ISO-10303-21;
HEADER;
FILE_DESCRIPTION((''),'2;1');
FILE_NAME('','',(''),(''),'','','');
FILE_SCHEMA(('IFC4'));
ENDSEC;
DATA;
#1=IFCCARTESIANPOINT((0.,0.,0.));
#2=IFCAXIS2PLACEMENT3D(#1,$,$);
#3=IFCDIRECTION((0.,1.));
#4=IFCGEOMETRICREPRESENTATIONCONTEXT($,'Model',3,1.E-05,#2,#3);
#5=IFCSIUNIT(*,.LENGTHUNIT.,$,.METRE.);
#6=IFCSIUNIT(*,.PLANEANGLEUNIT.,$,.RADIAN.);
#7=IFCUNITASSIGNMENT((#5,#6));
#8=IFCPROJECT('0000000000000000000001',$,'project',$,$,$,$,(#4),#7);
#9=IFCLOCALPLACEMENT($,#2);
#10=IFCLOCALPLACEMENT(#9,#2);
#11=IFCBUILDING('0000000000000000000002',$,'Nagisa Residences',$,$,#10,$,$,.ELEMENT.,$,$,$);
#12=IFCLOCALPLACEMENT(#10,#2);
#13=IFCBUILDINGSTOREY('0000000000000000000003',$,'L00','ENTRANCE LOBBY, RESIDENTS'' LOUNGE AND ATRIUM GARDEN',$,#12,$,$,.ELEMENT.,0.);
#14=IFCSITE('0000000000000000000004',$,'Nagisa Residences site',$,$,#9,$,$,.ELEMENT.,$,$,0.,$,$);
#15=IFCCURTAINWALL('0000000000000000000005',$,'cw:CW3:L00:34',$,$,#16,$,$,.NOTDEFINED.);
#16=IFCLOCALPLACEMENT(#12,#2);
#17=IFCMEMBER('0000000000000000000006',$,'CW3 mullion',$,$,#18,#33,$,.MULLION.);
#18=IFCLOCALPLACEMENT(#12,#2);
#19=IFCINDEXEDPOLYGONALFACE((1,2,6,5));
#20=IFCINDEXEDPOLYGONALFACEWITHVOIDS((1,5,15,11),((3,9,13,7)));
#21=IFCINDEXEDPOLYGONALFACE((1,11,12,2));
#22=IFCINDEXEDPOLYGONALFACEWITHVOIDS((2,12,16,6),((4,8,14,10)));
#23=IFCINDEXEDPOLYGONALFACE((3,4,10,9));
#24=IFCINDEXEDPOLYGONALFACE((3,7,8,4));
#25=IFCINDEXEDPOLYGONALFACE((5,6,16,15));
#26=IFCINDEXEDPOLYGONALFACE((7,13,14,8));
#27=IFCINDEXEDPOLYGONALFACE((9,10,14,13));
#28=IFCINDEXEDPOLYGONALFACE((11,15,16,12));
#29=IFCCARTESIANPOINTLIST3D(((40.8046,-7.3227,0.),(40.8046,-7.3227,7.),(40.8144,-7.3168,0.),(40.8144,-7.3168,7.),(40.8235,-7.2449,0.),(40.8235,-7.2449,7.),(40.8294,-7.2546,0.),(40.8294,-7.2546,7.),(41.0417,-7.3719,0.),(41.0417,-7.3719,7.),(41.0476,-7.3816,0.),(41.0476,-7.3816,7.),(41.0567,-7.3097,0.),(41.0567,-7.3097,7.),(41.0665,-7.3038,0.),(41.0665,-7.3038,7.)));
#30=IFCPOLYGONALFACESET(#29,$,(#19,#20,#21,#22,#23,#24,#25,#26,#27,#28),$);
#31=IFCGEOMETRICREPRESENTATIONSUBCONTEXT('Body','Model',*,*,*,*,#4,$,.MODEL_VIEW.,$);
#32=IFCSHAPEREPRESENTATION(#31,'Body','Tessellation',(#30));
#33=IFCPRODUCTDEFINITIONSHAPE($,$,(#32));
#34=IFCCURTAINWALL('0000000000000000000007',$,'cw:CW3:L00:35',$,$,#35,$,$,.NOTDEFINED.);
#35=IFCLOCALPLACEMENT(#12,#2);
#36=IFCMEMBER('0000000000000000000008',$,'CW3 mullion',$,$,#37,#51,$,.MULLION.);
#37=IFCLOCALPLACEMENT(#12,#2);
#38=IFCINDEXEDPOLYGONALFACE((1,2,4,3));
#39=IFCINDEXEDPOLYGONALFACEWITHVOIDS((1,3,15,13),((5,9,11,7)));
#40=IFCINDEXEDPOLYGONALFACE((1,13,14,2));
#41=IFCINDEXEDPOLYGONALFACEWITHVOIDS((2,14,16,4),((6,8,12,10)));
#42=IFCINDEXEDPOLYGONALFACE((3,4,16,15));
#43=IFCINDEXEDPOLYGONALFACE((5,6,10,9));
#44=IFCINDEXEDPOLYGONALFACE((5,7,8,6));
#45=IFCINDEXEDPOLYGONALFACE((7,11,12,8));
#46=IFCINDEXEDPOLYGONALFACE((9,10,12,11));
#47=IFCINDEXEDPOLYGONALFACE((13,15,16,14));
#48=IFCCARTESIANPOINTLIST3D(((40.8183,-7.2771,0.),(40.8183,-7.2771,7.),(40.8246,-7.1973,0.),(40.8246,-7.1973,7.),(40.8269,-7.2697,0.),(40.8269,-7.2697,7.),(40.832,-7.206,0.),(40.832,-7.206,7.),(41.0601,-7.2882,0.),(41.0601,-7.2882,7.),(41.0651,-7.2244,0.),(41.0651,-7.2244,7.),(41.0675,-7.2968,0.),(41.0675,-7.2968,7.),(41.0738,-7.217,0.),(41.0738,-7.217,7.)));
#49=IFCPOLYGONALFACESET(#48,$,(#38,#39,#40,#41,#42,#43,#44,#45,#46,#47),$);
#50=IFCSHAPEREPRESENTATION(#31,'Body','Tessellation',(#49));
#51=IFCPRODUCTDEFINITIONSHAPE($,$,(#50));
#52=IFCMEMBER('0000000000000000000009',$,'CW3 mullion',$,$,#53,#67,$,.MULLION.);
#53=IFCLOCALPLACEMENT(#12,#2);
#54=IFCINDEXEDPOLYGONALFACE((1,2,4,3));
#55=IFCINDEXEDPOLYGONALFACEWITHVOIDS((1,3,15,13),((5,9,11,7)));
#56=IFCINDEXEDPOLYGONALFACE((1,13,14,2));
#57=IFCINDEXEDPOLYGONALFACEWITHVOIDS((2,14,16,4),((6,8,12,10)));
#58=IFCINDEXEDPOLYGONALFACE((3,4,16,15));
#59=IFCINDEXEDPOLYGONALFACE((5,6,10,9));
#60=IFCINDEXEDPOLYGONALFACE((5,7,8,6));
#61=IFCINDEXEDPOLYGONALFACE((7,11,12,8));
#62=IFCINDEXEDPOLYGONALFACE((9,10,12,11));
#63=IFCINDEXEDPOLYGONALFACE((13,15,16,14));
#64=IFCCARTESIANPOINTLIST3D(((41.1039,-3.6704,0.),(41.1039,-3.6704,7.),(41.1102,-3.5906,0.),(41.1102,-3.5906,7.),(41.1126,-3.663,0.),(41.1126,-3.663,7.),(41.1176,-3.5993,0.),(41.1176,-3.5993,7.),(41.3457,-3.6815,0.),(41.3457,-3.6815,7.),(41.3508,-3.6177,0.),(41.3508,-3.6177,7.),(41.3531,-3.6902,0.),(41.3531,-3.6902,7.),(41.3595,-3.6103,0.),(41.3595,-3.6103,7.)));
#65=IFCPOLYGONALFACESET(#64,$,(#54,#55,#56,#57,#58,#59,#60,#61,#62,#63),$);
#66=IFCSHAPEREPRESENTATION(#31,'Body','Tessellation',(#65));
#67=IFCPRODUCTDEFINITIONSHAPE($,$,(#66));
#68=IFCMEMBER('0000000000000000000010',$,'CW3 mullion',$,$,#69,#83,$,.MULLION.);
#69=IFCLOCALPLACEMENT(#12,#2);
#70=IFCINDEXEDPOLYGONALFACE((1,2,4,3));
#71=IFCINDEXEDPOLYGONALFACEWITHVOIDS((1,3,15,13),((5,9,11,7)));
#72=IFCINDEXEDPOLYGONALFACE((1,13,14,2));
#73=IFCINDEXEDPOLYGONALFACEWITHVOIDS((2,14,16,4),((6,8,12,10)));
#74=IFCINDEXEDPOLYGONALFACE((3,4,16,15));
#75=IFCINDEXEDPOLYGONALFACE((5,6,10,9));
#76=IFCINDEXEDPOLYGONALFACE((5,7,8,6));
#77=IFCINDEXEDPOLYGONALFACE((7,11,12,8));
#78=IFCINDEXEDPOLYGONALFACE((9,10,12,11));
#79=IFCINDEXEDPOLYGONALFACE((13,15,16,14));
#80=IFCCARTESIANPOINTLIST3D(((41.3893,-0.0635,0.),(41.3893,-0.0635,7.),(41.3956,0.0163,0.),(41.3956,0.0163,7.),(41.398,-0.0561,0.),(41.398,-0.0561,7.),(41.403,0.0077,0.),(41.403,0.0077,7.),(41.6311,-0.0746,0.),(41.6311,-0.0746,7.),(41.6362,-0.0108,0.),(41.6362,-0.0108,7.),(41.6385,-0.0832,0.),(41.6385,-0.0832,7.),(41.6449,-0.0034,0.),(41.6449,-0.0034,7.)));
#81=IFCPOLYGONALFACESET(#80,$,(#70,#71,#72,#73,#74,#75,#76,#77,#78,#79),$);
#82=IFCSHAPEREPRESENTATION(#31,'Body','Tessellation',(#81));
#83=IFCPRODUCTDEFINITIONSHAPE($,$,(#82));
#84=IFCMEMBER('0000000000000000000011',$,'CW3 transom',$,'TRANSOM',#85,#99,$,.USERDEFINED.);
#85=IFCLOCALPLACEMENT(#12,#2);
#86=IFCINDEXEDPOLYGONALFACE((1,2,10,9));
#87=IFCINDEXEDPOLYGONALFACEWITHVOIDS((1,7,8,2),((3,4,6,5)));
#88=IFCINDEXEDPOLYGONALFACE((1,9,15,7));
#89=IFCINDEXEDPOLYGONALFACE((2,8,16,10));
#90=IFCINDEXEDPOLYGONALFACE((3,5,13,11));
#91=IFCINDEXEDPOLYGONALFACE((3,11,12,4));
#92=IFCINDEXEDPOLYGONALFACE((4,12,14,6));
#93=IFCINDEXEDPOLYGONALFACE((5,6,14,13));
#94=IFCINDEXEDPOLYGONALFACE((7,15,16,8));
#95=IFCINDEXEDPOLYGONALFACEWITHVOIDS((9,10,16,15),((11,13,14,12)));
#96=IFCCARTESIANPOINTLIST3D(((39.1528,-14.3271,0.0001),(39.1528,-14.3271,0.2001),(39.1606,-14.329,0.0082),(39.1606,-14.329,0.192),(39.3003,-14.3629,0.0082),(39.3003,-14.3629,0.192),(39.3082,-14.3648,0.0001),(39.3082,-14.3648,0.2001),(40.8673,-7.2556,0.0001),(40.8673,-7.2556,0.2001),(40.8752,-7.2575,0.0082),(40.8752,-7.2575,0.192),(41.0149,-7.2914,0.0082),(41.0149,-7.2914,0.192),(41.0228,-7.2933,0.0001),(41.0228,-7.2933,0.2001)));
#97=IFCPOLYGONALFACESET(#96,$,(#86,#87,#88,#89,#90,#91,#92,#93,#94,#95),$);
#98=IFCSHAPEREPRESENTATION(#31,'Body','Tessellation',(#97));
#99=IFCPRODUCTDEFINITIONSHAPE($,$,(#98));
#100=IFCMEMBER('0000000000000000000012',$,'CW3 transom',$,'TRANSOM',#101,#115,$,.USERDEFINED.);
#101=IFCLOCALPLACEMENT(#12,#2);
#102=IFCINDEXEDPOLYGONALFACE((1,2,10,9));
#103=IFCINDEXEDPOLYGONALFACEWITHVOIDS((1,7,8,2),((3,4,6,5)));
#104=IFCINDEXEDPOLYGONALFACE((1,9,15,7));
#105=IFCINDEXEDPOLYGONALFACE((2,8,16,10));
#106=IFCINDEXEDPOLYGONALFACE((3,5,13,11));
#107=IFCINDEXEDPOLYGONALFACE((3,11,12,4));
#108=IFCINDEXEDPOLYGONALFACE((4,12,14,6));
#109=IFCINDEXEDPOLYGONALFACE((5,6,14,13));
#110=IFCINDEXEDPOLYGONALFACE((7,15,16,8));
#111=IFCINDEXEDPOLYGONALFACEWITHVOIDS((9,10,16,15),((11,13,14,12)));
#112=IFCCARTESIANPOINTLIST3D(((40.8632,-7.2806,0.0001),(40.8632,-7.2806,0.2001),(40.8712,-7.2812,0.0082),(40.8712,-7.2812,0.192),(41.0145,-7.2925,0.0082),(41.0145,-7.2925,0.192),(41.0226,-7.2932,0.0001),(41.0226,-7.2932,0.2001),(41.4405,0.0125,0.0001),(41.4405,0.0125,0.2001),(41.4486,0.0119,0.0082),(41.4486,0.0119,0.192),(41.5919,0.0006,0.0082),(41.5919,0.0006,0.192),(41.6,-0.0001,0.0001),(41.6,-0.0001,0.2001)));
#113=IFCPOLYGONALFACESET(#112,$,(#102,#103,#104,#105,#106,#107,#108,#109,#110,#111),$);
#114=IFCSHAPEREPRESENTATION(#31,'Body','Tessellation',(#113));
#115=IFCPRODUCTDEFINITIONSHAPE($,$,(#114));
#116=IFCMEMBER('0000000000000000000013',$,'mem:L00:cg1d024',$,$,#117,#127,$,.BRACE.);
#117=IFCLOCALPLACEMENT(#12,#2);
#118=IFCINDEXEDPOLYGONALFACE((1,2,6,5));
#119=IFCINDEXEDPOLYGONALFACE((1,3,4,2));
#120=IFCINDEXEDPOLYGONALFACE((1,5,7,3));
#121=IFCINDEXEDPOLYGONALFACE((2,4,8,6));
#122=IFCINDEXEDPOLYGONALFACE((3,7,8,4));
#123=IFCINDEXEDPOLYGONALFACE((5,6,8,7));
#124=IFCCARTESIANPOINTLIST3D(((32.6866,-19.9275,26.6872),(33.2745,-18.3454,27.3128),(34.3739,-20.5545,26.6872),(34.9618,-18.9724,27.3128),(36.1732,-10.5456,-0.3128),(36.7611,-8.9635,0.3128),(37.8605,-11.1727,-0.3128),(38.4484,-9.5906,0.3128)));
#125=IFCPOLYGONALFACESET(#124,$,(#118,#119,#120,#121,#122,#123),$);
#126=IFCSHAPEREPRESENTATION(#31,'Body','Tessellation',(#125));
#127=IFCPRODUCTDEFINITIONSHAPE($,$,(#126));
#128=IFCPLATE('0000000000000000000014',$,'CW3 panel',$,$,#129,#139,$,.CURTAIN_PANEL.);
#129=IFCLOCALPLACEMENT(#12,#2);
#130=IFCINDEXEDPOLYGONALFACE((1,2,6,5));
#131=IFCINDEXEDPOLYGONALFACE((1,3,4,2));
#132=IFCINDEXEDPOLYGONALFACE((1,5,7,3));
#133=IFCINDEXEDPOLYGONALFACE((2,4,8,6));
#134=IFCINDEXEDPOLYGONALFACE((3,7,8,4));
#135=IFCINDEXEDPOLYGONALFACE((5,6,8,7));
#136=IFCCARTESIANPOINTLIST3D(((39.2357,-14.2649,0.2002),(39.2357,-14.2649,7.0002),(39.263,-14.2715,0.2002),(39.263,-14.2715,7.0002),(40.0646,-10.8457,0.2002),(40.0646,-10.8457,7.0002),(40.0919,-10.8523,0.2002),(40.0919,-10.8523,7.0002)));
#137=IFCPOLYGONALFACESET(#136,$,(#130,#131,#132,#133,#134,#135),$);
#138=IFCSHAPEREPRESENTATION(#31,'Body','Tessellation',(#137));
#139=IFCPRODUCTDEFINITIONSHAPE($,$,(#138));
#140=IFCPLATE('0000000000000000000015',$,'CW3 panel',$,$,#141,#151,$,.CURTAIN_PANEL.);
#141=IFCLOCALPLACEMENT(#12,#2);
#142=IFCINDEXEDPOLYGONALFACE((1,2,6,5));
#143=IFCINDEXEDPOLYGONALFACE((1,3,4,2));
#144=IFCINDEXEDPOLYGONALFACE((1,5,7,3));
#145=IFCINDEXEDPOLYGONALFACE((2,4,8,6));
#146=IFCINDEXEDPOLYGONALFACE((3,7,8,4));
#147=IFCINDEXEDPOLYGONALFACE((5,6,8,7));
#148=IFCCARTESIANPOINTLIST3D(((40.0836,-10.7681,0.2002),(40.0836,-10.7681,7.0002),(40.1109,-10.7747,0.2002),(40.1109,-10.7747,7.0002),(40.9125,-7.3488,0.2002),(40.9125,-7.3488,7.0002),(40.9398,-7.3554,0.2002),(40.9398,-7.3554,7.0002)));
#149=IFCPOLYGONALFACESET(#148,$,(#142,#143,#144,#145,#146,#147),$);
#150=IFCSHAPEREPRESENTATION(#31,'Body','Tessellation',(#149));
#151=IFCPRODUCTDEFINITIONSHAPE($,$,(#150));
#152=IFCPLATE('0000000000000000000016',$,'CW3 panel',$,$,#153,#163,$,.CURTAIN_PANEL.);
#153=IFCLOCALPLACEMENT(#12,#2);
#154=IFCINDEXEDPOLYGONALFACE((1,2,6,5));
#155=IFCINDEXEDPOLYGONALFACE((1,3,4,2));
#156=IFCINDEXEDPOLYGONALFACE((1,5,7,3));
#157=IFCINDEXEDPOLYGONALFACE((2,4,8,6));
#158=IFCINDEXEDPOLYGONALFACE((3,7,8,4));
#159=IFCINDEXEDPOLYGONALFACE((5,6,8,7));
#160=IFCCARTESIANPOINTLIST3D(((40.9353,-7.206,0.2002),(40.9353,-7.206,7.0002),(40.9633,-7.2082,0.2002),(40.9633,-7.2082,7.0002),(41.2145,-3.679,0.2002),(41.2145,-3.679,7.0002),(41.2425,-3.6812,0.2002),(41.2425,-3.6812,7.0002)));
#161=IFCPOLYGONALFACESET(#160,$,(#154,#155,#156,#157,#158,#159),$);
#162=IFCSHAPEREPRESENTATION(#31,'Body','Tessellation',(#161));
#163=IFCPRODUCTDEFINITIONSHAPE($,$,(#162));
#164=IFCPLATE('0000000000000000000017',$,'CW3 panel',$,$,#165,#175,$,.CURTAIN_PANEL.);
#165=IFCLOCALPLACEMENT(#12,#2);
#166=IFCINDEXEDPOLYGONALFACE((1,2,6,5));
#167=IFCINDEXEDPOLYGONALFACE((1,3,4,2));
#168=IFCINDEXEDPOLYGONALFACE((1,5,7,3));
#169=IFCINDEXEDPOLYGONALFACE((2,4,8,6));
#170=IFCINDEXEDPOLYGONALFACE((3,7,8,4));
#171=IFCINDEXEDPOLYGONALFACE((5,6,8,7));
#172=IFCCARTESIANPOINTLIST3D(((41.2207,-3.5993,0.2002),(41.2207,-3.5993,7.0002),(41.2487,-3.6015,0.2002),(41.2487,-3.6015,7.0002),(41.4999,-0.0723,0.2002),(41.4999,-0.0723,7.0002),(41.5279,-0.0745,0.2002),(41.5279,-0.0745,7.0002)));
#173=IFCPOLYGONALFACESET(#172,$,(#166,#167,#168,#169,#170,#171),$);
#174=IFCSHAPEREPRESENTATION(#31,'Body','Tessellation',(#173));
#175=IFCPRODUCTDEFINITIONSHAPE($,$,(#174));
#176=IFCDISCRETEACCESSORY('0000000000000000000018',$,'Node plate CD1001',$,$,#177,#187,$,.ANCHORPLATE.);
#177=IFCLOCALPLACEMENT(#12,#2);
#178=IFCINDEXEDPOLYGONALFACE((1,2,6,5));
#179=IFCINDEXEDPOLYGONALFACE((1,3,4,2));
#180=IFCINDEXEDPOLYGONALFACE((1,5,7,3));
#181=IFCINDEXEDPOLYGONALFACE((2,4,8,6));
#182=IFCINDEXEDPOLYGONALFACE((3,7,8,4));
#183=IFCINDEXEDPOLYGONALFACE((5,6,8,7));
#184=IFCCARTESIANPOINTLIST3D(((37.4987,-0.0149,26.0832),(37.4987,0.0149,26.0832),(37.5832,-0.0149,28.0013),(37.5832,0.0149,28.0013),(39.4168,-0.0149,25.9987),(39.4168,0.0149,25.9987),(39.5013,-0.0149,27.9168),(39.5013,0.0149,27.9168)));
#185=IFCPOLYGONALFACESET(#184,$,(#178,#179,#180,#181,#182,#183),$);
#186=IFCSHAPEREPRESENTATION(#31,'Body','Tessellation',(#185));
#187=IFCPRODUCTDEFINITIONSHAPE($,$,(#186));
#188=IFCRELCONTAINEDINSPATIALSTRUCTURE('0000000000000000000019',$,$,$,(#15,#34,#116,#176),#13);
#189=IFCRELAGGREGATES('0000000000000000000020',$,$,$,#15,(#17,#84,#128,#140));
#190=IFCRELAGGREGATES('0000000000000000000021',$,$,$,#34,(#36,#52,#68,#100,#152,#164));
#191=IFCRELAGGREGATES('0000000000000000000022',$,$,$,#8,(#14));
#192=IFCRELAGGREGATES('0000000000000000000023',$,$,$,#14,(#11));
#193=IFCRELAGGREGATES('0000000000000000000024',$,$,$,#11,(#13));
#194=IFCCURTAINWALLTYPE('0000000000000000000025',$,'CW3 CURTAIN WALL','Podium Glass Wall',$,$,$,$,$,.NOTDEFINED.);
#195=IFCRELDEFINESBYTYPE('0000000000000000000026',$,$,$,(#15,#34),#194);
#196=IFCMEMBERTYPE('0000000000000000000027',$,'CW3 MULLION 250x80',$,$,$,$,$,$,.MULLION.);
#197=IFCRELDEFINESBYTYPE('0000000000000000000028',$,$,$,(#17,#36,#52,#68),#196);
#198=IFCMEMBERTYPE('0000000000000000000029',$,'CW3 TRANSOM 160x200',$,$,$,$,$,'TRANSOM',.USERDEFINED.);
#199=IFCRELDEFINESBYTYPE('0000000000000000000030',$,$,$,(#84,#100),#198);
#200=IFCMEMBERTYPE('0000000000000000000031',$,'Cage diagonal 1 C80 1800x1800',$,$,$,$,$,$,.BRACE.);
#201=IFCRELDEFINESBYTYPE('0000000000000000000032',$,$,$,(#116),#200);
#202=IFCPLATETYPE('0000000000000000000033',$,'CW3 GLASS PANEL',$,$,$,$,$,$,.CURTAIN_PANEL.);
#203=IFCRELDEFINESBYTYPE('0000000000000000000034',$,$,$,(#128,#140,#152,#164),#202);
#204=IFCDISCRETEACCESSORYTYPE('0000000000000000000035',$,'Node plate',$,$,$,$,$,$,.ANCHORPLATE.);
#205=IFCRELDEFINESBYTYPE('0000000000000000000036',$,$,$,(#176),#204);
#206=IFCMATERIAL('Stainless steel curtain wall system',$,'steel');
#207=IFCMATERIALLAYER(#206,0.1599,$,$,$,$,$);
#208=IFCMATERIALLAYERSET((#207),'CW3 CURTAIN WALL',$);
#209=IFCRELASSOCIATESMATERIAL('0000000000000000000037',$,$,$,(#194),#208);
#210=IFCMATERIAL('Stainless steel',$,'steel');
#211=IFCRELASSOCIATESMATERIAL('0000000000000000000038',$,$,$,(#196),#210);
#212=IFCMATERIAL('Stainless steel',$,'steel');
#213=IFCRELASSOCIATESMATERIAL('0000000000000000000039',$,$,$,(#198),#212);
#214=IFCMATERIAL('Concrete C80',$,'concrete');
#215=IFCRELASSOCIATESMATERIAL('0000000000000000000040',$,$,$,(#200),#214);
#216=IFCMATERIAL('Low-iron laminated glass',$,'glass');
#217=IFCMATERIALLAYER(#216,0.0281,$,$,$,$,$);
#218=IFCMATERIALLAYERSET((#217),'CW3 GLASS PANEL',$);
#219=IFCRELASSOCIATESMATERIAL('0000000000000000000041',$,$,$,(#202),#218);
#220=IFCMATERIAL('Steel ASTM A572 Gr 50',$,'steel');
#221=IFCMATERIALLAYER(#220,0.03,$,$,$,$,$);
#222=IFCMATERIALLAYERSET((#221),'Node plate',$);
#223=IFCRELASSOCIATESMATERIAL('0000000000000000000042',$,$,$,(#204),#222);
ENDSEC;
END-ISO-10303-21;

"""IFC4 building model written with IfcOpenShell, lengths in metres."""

from ifc_helpers import new_model, si_unit, direction, frame, origin, origin_2d, place, context, subcontext, project, spatial, rectangle, hollow_rectangle, extrude, material, layer, layer_set, material_profile, profile_set, type_object, element, aggregate, save


model = new_model("IFC4")

# Units and contexts
model_context = context("Model", 3, precision=1e-05, world=origin(), true_north=direction((0.0, 1.0)))
body_context = subcontext(model_context, "Body", "Model", "MODEL_VIEW")
ifc_project = project(units=[si_unit("LENGTHUNIT", "METRE"), si_unit("PLANEANGLEUNIT", "RADIAN")], contexts=[model_context])

# Site, building, storey
site_placement = place(None, origin())
site = spatial("IfcSite", under=ifc_project, at=site_placement, Name="Nagisa Residences site", CompositionType="ELEMENT", RefElevation=0.0)
building_placement = place(site_placement, origin())
building = spatial("IfcBuilding", under=site, at=building_placement, Name="Nagisa Residences", CompositionType="ELEMENT")
storey_placement = place(building_placement, origin())
storey = spatial("IfcBuildingStorey", under=building, at=storey_placement, Name="L00", Description="ENTRANCE LOBBY, RESIDENTS' LOUNGE AND ATRIUM GARDEN", CompositionType="ELEMENT", Elevation=0.0)

# Curtain walls, members
ifc_material_1 = material(Name="Stainless steel curtain wall system", Category="steel")
ifc_layer_1 = layer(ifc_material_1, 0.1599)
ifc_layer_set_1 = layer_set([ifc_layer_1], Name="CW3 CURTAIN WALL")
curtain_wall_type = type_object("IfcCurtainWallType", Name="CW3 CURTAIN WALL", Description="Podium Glass Wall", PredefinedType="NOTDEFINED", material=ifc_layer_set_1)
curtain_wall_1_placement = place(storey_placement, origin())
curtain_wall_1 = element("IfcCurtainWall", 1, at=curtain_wall_1_placement, inside=storey, type_object=curtain_wall_type, Name="cw:CW3:L00:34", PredefinedType="NOTDEFINED")
ifc_material_2 = material(Name="Stainless steel", Category="steel")
ifc_material_profile_1 = material_profile(ifc_material_2, hollow_rectangle(XDim=0.25, YDim=0.0801, WallThickness=0.0081, at=origin_2d()), Name="CW3 MULLION 250x80")
ifc_profile_set_1 = profile_set([ifc_material_profile_1], Name="Stainless steel")
member_type_1 = type_object("IfcMemberType", Name="CW3 MULLION 250x80", PredefinedType="MULLION", material=ifc_profile_set_1)
member_1_placement = place(storey_placement, frame((40.9355, -7.3132, 0.0), z_axis=(0.0, 0.0, 1.0), x_axis=(-0.971849, 0.235606, 0.0)))
member_1 = element("IfcMember", 2, at=member_1_placement, type_object=member_type_1, Name="CW3 mullion", PredefinedType="MULLION", context=body_context, shape_type="SweptSolid", body=[
    extrude(hollow_rectangle(XDim=0.25, YDim=0.0801, WallThickness=0.0081, at=origin_2d()), origin(), (0.0, 0.0, 1.0), 7.0),
])
curtain_wall_2_placement = place(storey_placement, origin())
curtain_wall_2 = element("IfcCurtainWall", 3, at=curtain_wall_2_placement, inside=storey, type_object=curtain_wall_type, Name="cw:CW3:L00:35", PredefinedType="NOTDEFINED")
member_2_placement = place(storey_placement, frame((40.946, -7.2471, 0.0), z_axis=(0.0, 0.0, 1.0), x_axis=(-0.996882, 0.07891, 0.0)))
member_2 = element("IfcMember", 4, at=member_2_placement, type_object=member_type_1, Name="CW3 mullion", PredefinedType="MULLION", context=body_context, shape_type="SweptSolid", body=[
    extrude(hollow_rectangle(XDim=0.25, YDim=0.0801, WallThickness=0.0081, at=origin_2d()), origin(), (0.0, 0.0, 1.0), 7.0),
])
member_3_placement = place(storey_placement, frame((41.2317, -3.6404, 0.0), z_axis=(0.0, 0.0, 1.0), x_axis=(-0.996882, 0.07891, 0.0)))
member_3 = element("IfcMember", 5, at=member_3_placement, type_object=member_type_1, Name="CW3 mullion", PredefinedType="MULLION", context=body_context, shape_type="SweptSolid", body=[
    extrude(hollow_rectangle(XDim=0.25, YDim=0.0801, WallThickness=0.0081, at=origin_2d()), origin(), (0.0, 0.0, 1.0), 7.0),
])
member_4_placement = place(storey_placement, frame((41.5171, -0.0334, 0.0), z_axis=(0.0, 0.0, 1.0), x_axis=(-0.996882, 0.07891, 0.0)))
member_4 = element("IfcMember", 6, at=member_4_placement, type_object=member_type_1, Name="CW3 mullion", PredefinedType="MULLION", context=body_context, shape_type="SweptSolid", body=[
    extrude(hollow_rectangle(XDim=0.25, YDim=0.0801, WallThickness=0.0081, at=origin_2d()), origin(), (0.0, 0.0, 1.0), 7.0),
])

# Members
ifc_material_3 = material(Name="Stainless steel", Category="steel")
ifc_material_profile_2 = material_profile(ifc_material_3, hollow_rectangle(XDim=0.1599, YDim=0.2, WallThickness=0.0081, at=origin_2d()), Name="CW3 TRANSOM 160x200")
ifc_profile_set_2 = profile_set([ifc_material_profile_2], Name="Stainless steel")
member_type_2 = type_object("IfcMemberType", Name="CW3 TRANSOM 160x200", ElementType="TRANSOM", PredefinedType="USERDEFINED", material=ifc_profile_set_2)
member_5_placement = place(storey_placement, frame((39.2305, -14.3459, 0.1001), z_axis=(0.235637, 0.971841, 0.0), x_axis=(-0.971841, 0.235637, 0.0)))
member_5 = element("IfcMember", 7, at=member_5_placement, type_object=member_type_2, Name="CW3 transom", ObjectType="TRANSOM", PredefinedType="USERDEFINED", context=body_context, shape_type="SweptSolid", body=[
    extrude(hollow_rectangle(XDim=0.1599, YDim=0.2, WallThickness=0.0081, at=origin_2d()), origin(), (0.0, 0.0, 1.0), 7.2764),
])
member_6_placement = place(storey_placement, frame((40.9429, -7.2869, 0.1001), z_axis=(0.078922, 0.996881, 0.0), x_axis=(-0.996881, 0.078922, 0.0)))
member_6 = element("IfcMember", 8, at=member_6_placement, type_object=member_type_2, Name="CW3 transom", ObjectType="TRANSOM", PredefinedType="USERDEFINED", context=body_context, shape_type="SweptSolid", body=[
    extrude(hollow_rectangle(XDim=0.1599, YDim=0.2, WallThickness=0.0081, at=origin_2d()), origin(), (0.0, 0.0, 1.0), 7.3159),
])
ifc_material_4 = material(Name="Concrete C80", Category="concrete")
ifc_material_profile_3 = material_profile(ifc_material_4, rectangle(XDim=1.8, YDim=1.8, at=origin_2d()), Name="C80 1800x1800")
ifc_profile_set_3 = profile_set([ifc_material_profile_3], Name="Concrete C80")
member_type_3 = type_object("IfcMemberType", Name="Cage diagonal 1 C80 1800x1800", PredefinedType="BRACE", material=ifc_profile_set_3)
member_7_placement = place(storey_placement, frame((37.3108, -10.0681, 0.0), z_axis=(-0.121081, -0.32581, 0.93765), x_axis=(0.937364, -0.348352, 0.0)))
element("IfcMember", 9, at=member_7_placement, inside=storey, type_object=member_type_3, Name="mem:L00:cg1d024", PredefinedType="BRACE", context=body_context, shape_type="SweptSolid", body=[
    extrude(rectangle(XDim=1.8, YDim=1.8, at=origin_2d()), origin(), (0.0, 0.0, 1.0), 28.7954),
])

# Plates
ifc_material_5 = material(Name="Low-iron laminated glass", Category="glass")
ifc_layer_2 = layer(ifc_material_5, 0.0281)
ifc_layer_set_2 = layer_set([ifc_layer_2], Name="CW3 GLASS PANEL")
plate_type = type_object("IfcPlateType", Name="CW3 GLASS PANEL", PredefinedType="CURTAIN_PANEL", material=ifc_layer_set_2)
plate_1_placement = place(storey_placement, frame((39.6638, -12.5586, 0.2002), z_axis=(0.0, 0.0, 1.0), x_axis=(0.235606, 0.971849, 0.0)))
plate_1 = element("IfcPlate", 10, at=plate_1_placement, type_object=plate_type, Name="CW3 panel", PredefinedType="CURTAIN_PANEL", context=body_context, shape_type="SweptSolid", body=[
    extrude(rectangle(XDim=3.5183, YDim=0.0281, at=origin_2d()), origin(), (0.0, 0.0, 1.0), 6.8),
])
plate_2_placement = place(storey_placement, frame((40.5117, -9.0618, 0.2002), z_axis=(0.0, 0.0, 1.0), x_axis=(0.235606, 0.971849, 0.0)))
plate_2 = element("IfcPlate", 11, at=plate_2_placement, type_object=plate_type, Name="CW3 panel", PredefinedType="CURTAIN_PANEL", context=body_context, shape_type="SweptSolid", body=[
    extrude(rectangle(XDim=3.5183, YDim=0.0281, at=origin_2d()), origin(), (0.0, 0.0, 1.0), 6.8),
])
aggregate(curtain_wall_1, [member_1, member_5, plate_1, plate_2])
plate_3_placement = place(storey_placement, frame((41.0889, -5.4436, 0.2002), z_axis=(0.0, 0.0, 1.0), x_axis=(0.07891, 0.996882, 0.0)))
plate_3 = element("IfcPlate", 12, at=plate_3_placement, type_object=plate_type, Name="CW3 panel", PredefinedType="CURTAIN_PANEL", context=body_context, shape_type="SweptSolid", body=[
    extrude(rectangle(XDim=3.5381, YDim=0.0281, at=origin_2d()), origin(), (0.0, 0.0, 1.0), 6.8),
])
plate_4_placement = place(storey_placement, frame((41.3743, -1.8369, 0.2002), z_axis=(0.0, 0.0, 1.0), x_axis=(0.07891, 0.996882, 0.0)))
plate_4 = element("IfcPlate", 13, at=plate_4_placement, type_object=plate_type, Name="CW3 panel", PredefinedType="CURTAIN_PANEL", context=body_context, shape_type="SweptSolid", body=[
    extrude(rectangle(XDim=3.5381, YDim=0.0281, at=origin_2d()), origin(), (0.0, 0.0, 1.0), 6.8),
])
aggregate(curtain_wall_2, [member_2, member_3, member_4, member_6, plate_3, plate_4])

# Discrete accessory
ifc_material_6 = material(Name="Steel ASTM A572 Gr 50", Category="steel")
ifc_layer_3 = layer(ifc_material_6, 0.03)
ifc_layer_set_3 = layer_set([ifc_layer_3], Name="Node plate")
discrete_accessory_type = type_object("IfcDiscreteAccessoryType", Name="Node plate", PredefinedType="ANCHORPLATE", material=ifc_layer_set_3)
discrete_accessory_1_placement = place(storey_placement, frame((38.5, -0.0149, 27.0), z_axis=(0.0, 1.0, 0.0), x_axis=(-0.044001, 0.0, -0.999031)))
element("IfcDiscreteAccessory", 14, at=discrete_accessory_1_placement, inside=storey, type_object=discrete_accessory_type, Name="Node plate CD1001", PredefinedType="ANCHORPLATE", context=body_context, shape_type="SweptSolid", body=[
    extrude(rectangle(XDim=1.9199, YDim=1.9199, at=origin_2d()), origin(), (0.0, 0.0, 1.0), 0.0298),
])

save(model, "model.ifc")
